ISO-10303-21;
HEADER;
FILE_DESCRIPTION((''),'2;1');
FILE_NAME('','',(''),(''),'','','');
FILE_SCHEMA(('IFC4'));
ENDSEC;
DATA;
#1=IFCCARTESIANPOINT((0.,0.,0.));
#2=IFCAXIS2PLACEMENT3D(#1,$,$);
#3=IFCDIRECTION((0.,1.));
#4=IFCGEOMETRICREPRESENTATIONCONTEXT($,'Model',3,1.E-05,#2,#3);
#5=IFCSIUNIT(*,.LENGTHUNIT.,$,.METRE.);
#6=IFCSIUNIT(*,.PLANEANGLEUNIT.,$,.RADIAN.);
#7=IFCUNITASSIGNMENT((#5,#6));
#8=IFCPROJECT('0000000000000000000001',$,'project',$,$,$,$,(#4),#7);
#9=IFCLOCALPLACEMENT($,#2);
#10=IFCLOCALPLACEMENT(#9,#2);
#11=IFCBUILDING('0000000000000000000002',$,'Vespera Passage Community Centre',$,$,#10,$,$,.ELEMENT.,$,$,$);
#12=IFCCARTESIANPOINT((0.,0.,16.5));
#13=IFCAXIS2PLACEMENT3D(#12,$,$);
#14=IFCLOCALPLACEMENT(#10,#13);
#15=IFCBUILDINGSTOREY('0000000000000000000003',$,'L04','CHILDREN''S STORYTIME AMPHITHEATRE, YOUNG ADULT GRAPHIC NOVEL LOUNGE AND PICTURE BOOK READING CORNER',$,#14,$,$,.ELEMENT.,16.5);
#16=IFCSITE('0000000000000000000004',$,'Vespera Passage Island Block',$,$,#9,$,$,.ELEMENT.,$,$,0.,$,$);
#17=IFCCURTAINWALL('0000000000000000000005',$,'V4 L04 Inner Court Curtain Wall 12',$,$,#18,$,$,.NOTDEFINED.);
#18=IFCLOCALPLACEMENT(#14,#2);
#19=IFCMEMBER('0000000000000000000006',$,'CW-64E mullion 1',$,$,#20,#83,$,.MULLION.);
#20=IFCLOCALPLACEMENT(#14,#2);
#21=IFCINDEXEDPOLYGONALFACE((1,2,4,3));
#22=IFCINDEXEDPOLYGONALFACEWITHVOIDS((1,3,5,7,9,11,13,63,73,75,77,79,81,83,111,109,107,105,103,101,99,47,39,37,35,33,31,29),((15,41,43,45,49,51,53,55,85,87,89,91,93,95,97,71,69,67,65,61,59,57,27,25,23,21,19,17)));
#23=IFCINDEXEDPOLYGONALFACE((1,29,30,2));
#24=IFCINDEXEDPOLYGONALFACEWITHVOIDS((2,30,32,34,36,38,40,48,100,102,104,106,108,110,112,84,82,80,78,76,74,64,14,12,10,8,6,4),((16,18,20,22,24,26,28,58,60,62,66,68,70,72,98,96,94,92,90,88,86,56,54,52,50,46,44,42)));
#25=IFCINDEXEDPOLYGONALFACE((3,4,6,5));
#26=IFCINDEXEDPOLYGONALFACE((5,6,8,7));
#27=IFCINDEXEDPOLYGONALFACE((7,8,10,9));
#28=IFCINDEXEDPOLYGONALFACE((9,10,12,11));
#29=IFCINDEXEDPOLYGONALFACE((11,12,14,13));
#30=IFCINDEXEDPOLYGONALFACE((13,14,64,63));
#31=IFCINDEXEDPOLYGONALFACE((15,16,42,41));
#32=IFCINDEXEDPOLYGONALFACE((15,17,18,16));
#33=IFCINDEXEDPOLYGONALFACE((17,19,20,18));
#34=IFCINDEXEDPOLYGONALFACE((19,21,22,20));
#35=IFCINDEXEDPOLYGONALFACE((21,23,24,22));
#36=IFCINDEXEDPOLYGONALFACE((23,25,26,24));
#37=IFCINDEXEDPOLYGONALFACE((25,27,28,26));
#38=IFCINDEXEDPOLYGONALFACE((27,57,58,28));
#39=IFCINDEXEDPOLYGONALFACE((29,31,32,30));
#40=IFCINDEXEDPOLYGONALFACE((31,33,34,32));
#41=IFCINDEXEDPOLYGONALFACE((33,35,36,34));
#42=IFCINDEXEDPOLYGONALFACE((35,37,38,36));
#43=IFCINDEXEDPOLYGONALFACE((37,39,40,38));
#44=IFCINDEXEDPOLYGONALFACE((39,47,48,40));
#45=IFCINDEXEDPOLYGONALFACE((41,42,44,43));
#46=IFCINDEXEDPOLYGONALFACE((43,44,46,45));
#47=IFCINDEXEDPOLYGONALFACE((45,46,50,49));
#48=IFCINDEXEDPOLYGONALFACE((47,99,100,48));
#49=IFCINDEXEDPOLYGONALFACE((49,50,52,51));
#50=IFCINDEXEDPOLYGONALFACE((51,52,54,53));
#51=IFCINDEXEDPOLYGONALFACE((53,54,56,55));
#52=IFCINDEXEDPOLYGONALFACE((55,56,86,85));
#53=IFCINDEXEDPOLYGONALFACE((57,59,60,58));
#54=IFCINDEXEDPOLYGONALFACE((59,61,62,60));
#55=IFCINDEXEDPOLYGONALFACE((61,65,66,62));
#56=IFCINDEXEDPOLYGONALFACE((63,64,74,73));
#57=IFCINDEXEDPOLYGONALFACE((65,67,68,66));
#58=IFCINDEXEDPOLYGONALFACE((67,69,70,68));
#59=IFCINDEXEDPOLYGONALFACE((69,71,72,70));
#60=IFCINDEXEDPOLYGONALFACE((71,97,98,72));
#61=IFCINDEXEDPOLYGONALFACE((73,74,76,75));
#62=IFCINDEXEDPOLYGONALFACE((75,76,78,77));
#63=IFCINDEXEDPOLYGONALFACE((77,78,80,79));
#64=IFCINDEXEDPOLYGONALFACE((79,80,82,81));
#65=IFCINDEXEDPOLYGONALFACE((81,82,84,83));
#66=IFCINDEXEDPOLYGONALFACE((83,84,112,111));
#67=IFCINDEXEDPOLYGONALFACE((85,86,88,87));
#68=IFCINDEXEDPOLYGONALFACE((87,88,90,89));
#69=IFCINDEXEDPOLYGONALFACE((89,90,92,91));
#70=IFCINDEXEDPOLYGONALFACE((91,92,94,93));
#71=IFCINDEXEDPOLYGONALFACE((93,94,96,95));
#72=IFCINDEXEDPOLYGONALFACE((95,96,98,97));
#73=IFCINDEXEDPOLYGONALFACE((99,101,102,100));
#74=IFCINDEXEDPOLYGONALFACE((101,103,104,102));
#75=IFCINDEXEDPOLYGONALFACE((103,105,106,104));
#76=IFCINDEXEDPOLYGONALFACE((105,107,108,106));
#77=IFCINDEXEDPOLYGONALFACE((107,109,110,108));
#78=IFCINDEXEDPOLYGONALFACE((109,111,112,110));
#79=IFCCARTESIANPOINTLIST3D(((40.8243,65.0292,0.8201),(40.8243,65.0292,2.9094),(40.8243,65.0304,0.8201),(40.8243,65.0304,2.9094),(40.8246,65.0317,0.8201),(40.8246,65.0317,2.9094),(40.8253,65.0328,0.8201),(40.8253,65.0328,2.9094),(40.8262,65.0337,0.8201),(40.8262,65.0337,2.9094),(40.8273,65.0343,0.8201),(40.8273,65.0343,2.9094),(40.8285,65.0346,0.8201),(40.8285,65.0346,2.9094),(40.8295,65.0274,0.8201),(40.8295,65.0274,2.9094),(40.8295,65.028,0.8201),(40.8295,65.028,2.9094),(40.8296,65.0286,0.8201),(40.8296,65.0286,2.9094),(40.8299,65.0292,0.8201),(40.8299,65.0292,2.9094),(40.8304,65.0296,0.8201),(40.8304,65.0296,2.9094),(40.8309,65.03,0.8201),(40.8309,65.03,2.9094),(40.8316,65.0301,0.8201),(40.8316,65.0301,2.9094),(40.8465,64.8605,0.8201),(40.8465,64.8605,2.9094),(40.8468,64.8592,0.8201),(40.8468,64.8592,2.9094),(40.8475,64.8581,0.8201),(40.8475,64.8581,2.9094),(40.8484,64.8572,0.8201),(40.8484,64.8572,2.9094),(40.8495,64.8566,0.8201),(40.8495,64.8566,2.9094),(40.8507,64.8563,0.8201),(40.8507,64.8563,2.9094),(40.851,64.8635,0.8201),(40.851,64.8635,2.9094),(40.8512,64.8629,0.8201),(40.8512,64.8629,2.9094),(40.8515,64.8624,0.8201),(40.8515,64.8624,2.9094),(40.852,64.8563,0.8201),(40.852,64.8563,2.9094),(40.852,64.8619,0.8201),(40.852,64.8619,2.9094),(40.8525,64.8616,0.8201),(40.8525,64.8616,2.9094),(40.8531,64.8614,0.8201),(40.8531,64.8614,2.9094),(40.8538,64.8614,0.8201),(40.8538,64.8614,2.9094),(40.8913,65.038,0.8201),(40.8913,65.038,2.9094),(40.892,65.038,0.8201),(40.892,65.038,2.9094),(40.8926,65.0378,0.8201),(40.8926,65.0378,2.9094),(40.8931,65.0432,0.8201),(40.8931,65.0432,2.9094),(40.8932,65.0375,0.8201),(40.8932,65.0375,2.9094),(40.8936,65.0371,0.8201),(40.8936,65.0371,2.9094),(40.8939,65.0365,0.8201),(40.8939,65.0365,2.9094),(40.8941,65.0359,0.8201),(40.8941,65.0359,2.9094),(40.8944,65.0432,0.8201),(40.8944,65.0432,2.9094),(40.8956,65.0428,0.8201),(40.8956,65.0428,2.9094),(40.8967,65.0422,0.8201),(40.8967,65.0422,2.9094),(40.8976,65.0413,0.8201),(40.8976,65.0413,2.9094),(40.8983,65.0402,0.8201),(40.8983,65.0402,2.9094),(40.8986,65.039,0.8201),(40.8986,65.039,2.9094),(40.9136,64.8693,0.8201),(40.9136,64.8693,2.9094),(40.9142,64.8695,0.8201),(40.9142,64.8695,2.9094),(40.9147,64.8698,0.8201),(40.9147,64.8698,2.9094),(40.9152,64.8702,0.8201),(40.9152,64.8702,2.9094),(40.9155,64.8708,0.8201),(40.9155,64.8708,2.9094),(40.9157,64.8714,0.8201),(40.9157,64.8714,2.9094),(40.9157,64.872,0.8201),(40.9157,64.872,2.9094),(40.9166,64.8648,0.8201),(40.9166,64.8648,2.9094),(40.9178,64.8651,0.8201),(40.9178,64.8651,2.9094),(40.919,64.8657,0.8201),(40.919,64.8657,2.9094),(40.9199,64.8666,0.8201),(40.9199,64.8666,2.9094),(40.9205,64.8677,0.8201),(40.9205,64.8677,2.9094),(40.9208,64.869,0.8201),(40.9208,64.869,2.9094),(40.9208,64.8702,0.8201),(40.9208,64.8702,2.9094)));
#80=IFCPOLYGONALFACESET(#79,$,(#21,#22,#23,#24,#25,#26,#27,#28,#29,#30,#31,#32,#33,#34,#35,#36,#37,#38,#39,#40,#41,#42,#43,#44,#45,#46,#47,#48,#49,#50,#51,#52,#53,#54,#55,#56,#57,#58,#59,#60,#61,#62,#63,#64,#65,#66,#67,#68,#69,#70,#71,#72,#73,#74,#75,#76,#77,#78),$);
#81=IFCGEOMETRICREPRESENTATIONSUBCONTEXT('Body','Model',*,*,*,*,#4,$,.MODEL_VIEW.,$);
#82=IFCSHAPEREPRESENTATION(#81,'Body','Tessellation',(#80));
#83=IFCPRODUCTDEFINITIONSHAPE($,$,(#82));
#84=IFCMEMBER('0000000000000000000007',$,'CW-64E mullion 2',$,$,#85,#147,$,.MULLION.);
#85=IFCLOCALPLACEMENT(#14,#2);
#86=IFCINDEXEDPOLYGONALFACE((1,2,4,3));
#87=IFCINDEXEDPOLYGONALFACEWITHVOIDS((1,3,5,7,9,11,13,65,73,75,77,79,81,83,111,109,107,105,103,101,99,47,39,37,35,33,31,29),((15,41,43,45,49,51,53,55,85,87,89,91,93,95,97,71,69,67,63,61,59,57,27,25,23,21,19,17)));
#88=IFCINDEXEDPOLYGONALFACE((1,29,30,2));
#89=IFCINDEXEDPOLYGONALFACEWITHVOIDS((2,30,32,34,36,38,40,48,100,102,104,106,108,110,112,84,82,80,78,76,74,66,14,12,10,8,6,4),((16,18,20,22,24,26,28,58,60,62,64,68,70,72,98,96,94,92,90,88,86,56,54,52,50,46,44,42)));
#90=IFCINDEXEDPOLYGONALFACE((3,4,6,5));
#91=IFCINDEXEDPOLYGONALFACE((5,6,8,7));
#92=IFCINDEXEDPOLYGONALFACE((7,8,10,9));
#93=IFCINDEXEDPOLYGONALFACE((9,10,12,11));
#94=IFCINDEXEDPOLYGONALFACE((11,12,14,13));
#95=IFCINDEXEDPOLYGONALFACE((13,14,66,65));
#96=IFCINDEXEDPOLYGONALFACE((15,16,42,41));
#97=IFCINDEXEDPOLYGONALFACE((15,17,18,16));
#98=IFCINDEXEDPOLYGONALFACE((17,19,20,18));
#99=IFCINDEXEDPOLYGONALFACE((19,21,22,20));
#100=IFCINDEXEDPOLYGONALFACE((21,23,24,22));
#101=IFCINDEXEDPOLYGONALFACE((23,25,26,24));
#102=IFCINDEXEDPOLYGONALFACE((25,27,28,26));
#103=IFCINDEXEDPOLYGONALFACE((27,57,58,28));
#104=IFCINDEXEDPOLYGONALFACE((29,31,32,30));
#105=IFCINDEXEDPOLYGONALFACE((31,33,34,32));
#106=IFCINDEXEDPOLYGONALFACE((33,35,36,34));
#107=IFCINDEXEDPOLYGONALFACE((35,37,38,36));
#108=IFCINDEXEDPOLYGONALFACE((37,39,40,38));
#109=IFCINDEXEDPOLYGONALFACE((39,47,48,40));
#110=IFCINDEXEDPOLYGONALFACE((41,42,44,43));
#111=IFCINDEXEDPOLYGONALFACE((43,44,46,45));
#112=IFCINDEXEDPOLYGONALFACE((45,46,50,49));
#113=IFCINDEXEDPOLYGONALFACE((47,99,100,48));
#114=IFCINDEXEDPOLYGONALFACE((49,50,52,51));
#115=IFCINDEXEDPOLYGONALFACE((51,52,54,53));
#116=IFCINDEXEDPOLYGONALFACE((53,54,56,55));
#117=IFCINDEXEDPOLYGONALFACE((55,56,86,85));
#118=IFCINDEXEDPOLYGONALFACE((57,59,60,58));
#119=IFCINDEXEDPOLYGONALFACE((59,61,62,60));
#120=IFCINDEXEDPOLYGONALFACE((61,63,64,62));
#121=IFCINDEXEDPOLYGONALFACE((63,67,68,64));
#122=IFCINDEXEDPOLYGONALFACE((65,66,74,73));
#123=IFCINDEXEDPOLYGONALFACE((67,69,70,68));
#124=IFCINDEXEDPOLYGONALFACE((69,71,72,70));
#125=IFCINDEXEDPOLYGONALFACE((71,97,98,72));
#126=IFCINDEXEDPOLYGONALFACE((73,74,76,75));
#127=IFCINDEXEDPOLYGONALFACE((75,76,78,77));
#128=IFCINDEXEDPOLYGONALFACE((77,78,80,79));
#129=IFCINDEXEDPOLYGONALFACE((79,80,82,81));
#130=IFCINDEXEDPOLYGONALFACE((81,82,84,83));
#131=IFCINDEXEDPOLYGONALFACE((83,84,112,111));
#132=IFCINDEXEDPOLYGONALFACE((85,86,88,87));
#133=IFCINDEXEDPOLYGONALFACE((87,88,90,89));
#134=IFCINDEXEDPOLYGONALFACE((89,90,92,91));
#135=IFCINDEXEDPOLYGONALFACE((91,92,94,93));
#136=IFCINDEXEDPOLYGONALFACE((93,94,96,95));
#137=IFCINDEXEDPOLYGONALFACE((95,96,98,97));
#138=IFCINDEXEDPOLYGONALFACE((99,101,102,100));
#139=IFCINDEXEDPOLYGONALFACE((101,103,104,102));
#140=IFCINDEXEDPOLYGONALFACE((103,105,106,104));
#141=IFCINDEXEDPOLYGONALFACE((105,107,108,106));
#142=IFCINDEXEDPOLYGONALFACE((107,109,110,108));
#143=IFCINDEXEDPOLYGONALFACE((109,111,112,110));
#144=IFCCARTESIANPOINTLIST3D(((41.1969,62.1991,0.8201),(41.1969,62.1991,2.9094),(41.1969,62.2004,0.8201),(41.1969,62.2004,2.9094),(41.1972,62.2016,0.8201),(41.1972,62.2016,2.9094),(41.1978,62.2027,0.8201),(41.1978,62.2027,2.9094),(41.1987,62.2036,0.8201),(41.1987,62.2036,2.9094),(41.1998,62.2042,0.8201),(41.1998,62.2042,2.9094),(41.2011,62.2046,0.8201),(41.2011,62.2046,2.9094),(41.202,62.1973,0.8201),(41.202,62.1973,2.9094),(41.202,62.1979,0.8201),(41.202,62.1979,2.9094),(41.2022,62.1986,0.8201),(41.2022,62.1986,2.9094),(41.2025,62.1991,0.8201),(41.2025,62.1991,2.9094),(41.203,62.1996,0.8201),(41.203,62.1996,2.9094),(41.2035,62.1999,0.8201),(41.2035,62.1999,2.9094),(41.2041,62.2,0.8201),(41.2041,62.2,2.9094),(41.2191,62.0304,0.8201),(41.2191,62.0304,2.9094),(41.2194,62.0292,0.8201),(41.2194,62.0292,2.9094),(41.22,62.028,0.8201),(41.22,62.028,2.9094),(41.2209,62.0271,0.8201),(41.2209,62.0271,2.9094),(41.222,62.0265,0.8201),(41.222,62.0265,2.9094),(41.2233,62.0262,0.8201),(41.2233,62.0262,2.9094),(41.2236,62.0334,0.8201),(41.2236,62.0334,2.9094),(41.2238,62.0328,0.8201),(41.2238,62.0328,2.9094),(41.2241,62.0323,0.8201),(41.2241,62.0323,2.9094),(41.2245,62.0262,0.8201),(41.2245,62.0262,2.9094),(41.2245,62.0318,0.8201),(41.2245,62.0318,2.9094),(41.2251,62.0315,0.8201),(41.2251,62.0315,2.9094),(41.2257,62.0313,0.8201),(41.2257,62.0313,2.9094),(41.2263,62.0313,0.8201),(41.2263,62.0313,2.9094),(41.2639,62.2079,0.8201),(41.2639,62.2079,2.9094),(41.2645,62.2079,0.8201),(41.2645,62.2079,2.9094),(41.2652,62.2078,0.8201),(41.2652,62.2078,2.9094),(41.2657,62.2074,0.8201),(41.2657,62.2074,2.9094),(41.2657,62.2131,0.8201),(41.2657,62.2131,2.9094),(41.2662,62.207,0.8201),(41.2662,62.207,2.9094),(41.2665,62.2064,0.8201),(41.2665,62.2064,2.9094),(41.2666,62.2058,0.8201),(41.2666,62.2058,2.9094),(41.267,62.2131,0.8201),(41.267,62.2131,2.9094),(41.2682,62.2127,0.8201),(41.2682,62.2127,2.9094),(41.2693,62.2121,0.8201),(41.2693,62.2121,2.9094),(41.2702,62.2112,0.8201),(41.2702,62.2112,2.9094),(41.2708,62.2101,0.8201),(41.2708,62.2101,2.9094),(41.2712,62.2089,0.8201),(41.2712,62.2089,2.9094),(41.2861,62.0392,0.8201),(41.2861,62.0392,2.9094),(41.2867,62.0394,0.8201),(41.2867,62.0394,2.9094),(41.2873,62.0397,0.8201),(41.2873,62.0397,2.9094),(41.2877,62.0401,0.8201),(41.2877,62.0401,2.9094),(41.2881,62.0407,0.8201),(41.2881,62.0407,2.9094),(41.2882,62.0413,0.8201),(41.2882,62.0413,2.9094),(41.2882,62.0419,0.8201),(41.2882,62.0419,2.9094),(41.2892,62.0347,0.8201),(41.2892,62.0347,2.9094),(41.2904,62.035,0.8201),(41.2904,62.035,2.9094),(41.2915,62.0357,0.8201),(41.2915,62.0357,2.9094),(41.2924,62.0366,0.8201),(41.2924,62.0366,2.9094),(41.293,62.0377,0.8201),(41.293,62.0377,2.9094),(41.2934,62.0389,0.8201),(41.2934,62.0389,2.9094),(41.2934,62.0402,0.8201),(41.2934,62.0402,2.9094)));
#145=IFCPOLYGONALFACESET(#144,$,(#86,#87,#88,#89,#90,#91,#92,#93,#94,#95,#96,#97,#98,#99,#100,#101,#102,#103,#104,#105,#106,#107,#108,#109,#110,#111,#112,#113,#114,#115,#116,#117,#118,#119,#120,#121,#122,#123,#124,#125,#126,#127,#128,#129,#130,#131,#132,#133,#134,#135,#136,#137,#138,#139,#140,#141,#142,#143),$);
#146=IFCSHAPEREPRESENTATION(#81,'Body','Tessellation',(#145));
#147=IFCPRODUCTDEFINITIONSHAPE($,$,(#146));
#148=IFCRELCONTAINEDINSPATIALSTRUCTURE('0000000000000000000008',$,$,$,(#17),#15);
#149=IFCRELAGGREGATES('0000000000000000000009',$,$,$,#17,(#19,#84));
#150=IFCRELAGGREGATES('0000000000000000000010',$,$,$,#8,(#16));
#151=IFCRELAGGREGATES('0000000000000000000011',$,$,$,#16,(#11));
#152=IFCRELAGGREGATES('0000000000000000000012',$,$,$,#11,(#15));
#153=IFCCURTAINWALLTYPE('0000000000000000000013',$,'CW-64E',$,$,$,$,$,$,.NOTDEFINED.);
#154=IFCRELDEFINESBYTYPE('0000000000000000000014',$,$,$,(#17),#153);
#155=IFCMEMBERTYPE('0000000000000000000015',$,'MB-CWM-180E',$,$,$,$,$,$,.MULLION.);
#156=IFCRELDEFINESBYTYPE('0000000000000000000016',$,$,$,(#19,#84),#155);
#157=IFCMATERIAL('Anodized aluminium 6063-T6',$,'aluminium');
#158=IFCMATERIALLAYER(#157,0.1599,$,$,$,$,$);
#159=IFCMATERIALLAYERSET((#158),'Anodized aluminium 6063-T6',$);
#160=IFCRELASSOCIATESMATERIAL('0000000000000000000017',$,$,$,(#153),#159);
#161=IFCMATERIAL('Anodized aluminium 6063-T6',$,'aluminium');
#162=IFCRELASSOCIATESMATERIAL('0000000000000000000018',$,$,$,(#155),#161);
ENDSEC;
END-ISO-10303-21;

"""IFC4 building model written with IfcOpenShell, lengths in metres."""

from ifc_helpers import new_model, si_unit, direction, frame, origin, origin_2d, place, context, subcontext, project, spatial, hollow_rectangle, extrude, material, layer, layer_set, material_profile, profile_set, type_object, element, aggregate, save


model = new_model("IFC4")

# Units and contexts
model_context = context("Model", 3, precision=1e-05, world=origin(), true_north=direction((0.0, 1.0)))
body_context = subcontext(model_context, "Body", "Model", "MODEL_VIEW")
ifc_project = project(units=[si_unit("LENGTHUNIT", "METRE"), si_unit("PLANEANGLEUNIT", "RADIAN")], contexts=[model_context])

# Site, building, storey
site_placement = place(None, origin())
site = spatial("IfcSite", under=ifc_project, at=site_placement, Name="Vespera Passage Island Block", CompositionType="ELEMENT", RefElevation=0.0)
building_placement = place(site_placement, origin())
building = spatial("IfcBuilding", under=site, at=building_placement, Name="Vespera Passage Community Centre", CompositionType="ELEMENT")
storey_placement = place(building_placement, frame((0.0, 0.0, 16.5)))
storey = spatial("IfcBuildingStorey", under=building, at=storey_placement, Name="L04", Description="CHILDREN'S STORYTIME AMPHITHEATRE, YOUNG ADULT GRAPHIC NOVEL LOUNGE AND PICTURE BOOK READING CORNER", CompositionType="ELEMENT", Elevation=16.5)

# Curtain wall, members
ifc_material_1 = material(Name="Anodized aluminium 6063-T6", Category="aluminium")
ifc_layer_1 = layer(ifc_material_1, 0.1599)
ifc_layer_set_1 = layer_set([ifc_layer_1], Name="Anodized aluminium 6063-T6")
curtain_wall_type = type_object("IfcCurtainWallType", Name="CW-64E", PredefinedType="NOTDEFINED", material=ifc_layer_set_1)
curtain_wall_placement = place(storey_placement, origin())
curtain_wall = element("IfcCurtainWall", 1, at=curtain_wall_placement, inside=storey, type_object=curtain_wall_type, Name="V4 L04 Inner Court Curtain Wall 12", PredefinedType="NOTDEFINED")
ifc_material_2 = material(Name="Anodized aluminium 6063-T6", Category="aluminium")
ifc_material_profile_1 = material_profile(ifc_material_2, hollow_rectangle(XDim=0.075, YDim=0.1799, WallThickness=0.0049, InnerFilletRadius=0.0024, OuterFilletRadius=0.0049, at=origin_2d()), Name="ALU180X75X5")
ifc_profile_set_1 = profile_set([ifc_material_profile_1], Name="Anodized aluminium 6063-T6")
member_type_1 = type_object("IfcMemberType", Name="MB-CWM-180E", PredefinedType="MULLION", material=ifc_profile_set_1)
member_1_placement = place(storey_placement, frame((40.8726, 64.9497, 0.8201), z_axis=(0.0, 0.0, 1.0), x_axis=(0.991445, 0.130522, 0.0)))
member_1 = element("IfcMember", 2, at=member_1_placement, type_object=member_type_1, Name="CW-64E mullion 1", PredefinedType="MULLION", context=body_context, shape_type="SweptSolid", body=[
    extrude(hollow_rectangle(XDim=0.075, YDim=0.1799, WallThickness=0.0049, InnerFilletRadius=0.0024, OuterFilletRadius=0.0049, at=origin_2d()), origin(), (0.0, 0.0, 1.0), 2.0894),
])
member_2_placement = place(storey_placement, frame((41.2451, 62.1196, 0.8201), z_axis=(0.0, 0.0, 1.0), x_axis=(0.991445, 0.130522, 0.0)))
member_2 = element("IfcMember", 3, at=member_2_placement, type_object=member_type_1, Name="CW-64E mullion 2", PredefinedType="MULLION", context=body_context, shape_type="SweptSolid", body=[
    extrude(hollow_rectangle(XDim=0.075, YDim=0.1799, WallThickness=0.0049, InnerFilletRadius=0.0024, OuterFilletRadius=0.0049, at=origin_2d()), origin(), (0.0, 0.0, 1.0), 2.0894),
])
aggregate(curtain_wall, [member_1, member_2])

save(model, "model.ifc")
